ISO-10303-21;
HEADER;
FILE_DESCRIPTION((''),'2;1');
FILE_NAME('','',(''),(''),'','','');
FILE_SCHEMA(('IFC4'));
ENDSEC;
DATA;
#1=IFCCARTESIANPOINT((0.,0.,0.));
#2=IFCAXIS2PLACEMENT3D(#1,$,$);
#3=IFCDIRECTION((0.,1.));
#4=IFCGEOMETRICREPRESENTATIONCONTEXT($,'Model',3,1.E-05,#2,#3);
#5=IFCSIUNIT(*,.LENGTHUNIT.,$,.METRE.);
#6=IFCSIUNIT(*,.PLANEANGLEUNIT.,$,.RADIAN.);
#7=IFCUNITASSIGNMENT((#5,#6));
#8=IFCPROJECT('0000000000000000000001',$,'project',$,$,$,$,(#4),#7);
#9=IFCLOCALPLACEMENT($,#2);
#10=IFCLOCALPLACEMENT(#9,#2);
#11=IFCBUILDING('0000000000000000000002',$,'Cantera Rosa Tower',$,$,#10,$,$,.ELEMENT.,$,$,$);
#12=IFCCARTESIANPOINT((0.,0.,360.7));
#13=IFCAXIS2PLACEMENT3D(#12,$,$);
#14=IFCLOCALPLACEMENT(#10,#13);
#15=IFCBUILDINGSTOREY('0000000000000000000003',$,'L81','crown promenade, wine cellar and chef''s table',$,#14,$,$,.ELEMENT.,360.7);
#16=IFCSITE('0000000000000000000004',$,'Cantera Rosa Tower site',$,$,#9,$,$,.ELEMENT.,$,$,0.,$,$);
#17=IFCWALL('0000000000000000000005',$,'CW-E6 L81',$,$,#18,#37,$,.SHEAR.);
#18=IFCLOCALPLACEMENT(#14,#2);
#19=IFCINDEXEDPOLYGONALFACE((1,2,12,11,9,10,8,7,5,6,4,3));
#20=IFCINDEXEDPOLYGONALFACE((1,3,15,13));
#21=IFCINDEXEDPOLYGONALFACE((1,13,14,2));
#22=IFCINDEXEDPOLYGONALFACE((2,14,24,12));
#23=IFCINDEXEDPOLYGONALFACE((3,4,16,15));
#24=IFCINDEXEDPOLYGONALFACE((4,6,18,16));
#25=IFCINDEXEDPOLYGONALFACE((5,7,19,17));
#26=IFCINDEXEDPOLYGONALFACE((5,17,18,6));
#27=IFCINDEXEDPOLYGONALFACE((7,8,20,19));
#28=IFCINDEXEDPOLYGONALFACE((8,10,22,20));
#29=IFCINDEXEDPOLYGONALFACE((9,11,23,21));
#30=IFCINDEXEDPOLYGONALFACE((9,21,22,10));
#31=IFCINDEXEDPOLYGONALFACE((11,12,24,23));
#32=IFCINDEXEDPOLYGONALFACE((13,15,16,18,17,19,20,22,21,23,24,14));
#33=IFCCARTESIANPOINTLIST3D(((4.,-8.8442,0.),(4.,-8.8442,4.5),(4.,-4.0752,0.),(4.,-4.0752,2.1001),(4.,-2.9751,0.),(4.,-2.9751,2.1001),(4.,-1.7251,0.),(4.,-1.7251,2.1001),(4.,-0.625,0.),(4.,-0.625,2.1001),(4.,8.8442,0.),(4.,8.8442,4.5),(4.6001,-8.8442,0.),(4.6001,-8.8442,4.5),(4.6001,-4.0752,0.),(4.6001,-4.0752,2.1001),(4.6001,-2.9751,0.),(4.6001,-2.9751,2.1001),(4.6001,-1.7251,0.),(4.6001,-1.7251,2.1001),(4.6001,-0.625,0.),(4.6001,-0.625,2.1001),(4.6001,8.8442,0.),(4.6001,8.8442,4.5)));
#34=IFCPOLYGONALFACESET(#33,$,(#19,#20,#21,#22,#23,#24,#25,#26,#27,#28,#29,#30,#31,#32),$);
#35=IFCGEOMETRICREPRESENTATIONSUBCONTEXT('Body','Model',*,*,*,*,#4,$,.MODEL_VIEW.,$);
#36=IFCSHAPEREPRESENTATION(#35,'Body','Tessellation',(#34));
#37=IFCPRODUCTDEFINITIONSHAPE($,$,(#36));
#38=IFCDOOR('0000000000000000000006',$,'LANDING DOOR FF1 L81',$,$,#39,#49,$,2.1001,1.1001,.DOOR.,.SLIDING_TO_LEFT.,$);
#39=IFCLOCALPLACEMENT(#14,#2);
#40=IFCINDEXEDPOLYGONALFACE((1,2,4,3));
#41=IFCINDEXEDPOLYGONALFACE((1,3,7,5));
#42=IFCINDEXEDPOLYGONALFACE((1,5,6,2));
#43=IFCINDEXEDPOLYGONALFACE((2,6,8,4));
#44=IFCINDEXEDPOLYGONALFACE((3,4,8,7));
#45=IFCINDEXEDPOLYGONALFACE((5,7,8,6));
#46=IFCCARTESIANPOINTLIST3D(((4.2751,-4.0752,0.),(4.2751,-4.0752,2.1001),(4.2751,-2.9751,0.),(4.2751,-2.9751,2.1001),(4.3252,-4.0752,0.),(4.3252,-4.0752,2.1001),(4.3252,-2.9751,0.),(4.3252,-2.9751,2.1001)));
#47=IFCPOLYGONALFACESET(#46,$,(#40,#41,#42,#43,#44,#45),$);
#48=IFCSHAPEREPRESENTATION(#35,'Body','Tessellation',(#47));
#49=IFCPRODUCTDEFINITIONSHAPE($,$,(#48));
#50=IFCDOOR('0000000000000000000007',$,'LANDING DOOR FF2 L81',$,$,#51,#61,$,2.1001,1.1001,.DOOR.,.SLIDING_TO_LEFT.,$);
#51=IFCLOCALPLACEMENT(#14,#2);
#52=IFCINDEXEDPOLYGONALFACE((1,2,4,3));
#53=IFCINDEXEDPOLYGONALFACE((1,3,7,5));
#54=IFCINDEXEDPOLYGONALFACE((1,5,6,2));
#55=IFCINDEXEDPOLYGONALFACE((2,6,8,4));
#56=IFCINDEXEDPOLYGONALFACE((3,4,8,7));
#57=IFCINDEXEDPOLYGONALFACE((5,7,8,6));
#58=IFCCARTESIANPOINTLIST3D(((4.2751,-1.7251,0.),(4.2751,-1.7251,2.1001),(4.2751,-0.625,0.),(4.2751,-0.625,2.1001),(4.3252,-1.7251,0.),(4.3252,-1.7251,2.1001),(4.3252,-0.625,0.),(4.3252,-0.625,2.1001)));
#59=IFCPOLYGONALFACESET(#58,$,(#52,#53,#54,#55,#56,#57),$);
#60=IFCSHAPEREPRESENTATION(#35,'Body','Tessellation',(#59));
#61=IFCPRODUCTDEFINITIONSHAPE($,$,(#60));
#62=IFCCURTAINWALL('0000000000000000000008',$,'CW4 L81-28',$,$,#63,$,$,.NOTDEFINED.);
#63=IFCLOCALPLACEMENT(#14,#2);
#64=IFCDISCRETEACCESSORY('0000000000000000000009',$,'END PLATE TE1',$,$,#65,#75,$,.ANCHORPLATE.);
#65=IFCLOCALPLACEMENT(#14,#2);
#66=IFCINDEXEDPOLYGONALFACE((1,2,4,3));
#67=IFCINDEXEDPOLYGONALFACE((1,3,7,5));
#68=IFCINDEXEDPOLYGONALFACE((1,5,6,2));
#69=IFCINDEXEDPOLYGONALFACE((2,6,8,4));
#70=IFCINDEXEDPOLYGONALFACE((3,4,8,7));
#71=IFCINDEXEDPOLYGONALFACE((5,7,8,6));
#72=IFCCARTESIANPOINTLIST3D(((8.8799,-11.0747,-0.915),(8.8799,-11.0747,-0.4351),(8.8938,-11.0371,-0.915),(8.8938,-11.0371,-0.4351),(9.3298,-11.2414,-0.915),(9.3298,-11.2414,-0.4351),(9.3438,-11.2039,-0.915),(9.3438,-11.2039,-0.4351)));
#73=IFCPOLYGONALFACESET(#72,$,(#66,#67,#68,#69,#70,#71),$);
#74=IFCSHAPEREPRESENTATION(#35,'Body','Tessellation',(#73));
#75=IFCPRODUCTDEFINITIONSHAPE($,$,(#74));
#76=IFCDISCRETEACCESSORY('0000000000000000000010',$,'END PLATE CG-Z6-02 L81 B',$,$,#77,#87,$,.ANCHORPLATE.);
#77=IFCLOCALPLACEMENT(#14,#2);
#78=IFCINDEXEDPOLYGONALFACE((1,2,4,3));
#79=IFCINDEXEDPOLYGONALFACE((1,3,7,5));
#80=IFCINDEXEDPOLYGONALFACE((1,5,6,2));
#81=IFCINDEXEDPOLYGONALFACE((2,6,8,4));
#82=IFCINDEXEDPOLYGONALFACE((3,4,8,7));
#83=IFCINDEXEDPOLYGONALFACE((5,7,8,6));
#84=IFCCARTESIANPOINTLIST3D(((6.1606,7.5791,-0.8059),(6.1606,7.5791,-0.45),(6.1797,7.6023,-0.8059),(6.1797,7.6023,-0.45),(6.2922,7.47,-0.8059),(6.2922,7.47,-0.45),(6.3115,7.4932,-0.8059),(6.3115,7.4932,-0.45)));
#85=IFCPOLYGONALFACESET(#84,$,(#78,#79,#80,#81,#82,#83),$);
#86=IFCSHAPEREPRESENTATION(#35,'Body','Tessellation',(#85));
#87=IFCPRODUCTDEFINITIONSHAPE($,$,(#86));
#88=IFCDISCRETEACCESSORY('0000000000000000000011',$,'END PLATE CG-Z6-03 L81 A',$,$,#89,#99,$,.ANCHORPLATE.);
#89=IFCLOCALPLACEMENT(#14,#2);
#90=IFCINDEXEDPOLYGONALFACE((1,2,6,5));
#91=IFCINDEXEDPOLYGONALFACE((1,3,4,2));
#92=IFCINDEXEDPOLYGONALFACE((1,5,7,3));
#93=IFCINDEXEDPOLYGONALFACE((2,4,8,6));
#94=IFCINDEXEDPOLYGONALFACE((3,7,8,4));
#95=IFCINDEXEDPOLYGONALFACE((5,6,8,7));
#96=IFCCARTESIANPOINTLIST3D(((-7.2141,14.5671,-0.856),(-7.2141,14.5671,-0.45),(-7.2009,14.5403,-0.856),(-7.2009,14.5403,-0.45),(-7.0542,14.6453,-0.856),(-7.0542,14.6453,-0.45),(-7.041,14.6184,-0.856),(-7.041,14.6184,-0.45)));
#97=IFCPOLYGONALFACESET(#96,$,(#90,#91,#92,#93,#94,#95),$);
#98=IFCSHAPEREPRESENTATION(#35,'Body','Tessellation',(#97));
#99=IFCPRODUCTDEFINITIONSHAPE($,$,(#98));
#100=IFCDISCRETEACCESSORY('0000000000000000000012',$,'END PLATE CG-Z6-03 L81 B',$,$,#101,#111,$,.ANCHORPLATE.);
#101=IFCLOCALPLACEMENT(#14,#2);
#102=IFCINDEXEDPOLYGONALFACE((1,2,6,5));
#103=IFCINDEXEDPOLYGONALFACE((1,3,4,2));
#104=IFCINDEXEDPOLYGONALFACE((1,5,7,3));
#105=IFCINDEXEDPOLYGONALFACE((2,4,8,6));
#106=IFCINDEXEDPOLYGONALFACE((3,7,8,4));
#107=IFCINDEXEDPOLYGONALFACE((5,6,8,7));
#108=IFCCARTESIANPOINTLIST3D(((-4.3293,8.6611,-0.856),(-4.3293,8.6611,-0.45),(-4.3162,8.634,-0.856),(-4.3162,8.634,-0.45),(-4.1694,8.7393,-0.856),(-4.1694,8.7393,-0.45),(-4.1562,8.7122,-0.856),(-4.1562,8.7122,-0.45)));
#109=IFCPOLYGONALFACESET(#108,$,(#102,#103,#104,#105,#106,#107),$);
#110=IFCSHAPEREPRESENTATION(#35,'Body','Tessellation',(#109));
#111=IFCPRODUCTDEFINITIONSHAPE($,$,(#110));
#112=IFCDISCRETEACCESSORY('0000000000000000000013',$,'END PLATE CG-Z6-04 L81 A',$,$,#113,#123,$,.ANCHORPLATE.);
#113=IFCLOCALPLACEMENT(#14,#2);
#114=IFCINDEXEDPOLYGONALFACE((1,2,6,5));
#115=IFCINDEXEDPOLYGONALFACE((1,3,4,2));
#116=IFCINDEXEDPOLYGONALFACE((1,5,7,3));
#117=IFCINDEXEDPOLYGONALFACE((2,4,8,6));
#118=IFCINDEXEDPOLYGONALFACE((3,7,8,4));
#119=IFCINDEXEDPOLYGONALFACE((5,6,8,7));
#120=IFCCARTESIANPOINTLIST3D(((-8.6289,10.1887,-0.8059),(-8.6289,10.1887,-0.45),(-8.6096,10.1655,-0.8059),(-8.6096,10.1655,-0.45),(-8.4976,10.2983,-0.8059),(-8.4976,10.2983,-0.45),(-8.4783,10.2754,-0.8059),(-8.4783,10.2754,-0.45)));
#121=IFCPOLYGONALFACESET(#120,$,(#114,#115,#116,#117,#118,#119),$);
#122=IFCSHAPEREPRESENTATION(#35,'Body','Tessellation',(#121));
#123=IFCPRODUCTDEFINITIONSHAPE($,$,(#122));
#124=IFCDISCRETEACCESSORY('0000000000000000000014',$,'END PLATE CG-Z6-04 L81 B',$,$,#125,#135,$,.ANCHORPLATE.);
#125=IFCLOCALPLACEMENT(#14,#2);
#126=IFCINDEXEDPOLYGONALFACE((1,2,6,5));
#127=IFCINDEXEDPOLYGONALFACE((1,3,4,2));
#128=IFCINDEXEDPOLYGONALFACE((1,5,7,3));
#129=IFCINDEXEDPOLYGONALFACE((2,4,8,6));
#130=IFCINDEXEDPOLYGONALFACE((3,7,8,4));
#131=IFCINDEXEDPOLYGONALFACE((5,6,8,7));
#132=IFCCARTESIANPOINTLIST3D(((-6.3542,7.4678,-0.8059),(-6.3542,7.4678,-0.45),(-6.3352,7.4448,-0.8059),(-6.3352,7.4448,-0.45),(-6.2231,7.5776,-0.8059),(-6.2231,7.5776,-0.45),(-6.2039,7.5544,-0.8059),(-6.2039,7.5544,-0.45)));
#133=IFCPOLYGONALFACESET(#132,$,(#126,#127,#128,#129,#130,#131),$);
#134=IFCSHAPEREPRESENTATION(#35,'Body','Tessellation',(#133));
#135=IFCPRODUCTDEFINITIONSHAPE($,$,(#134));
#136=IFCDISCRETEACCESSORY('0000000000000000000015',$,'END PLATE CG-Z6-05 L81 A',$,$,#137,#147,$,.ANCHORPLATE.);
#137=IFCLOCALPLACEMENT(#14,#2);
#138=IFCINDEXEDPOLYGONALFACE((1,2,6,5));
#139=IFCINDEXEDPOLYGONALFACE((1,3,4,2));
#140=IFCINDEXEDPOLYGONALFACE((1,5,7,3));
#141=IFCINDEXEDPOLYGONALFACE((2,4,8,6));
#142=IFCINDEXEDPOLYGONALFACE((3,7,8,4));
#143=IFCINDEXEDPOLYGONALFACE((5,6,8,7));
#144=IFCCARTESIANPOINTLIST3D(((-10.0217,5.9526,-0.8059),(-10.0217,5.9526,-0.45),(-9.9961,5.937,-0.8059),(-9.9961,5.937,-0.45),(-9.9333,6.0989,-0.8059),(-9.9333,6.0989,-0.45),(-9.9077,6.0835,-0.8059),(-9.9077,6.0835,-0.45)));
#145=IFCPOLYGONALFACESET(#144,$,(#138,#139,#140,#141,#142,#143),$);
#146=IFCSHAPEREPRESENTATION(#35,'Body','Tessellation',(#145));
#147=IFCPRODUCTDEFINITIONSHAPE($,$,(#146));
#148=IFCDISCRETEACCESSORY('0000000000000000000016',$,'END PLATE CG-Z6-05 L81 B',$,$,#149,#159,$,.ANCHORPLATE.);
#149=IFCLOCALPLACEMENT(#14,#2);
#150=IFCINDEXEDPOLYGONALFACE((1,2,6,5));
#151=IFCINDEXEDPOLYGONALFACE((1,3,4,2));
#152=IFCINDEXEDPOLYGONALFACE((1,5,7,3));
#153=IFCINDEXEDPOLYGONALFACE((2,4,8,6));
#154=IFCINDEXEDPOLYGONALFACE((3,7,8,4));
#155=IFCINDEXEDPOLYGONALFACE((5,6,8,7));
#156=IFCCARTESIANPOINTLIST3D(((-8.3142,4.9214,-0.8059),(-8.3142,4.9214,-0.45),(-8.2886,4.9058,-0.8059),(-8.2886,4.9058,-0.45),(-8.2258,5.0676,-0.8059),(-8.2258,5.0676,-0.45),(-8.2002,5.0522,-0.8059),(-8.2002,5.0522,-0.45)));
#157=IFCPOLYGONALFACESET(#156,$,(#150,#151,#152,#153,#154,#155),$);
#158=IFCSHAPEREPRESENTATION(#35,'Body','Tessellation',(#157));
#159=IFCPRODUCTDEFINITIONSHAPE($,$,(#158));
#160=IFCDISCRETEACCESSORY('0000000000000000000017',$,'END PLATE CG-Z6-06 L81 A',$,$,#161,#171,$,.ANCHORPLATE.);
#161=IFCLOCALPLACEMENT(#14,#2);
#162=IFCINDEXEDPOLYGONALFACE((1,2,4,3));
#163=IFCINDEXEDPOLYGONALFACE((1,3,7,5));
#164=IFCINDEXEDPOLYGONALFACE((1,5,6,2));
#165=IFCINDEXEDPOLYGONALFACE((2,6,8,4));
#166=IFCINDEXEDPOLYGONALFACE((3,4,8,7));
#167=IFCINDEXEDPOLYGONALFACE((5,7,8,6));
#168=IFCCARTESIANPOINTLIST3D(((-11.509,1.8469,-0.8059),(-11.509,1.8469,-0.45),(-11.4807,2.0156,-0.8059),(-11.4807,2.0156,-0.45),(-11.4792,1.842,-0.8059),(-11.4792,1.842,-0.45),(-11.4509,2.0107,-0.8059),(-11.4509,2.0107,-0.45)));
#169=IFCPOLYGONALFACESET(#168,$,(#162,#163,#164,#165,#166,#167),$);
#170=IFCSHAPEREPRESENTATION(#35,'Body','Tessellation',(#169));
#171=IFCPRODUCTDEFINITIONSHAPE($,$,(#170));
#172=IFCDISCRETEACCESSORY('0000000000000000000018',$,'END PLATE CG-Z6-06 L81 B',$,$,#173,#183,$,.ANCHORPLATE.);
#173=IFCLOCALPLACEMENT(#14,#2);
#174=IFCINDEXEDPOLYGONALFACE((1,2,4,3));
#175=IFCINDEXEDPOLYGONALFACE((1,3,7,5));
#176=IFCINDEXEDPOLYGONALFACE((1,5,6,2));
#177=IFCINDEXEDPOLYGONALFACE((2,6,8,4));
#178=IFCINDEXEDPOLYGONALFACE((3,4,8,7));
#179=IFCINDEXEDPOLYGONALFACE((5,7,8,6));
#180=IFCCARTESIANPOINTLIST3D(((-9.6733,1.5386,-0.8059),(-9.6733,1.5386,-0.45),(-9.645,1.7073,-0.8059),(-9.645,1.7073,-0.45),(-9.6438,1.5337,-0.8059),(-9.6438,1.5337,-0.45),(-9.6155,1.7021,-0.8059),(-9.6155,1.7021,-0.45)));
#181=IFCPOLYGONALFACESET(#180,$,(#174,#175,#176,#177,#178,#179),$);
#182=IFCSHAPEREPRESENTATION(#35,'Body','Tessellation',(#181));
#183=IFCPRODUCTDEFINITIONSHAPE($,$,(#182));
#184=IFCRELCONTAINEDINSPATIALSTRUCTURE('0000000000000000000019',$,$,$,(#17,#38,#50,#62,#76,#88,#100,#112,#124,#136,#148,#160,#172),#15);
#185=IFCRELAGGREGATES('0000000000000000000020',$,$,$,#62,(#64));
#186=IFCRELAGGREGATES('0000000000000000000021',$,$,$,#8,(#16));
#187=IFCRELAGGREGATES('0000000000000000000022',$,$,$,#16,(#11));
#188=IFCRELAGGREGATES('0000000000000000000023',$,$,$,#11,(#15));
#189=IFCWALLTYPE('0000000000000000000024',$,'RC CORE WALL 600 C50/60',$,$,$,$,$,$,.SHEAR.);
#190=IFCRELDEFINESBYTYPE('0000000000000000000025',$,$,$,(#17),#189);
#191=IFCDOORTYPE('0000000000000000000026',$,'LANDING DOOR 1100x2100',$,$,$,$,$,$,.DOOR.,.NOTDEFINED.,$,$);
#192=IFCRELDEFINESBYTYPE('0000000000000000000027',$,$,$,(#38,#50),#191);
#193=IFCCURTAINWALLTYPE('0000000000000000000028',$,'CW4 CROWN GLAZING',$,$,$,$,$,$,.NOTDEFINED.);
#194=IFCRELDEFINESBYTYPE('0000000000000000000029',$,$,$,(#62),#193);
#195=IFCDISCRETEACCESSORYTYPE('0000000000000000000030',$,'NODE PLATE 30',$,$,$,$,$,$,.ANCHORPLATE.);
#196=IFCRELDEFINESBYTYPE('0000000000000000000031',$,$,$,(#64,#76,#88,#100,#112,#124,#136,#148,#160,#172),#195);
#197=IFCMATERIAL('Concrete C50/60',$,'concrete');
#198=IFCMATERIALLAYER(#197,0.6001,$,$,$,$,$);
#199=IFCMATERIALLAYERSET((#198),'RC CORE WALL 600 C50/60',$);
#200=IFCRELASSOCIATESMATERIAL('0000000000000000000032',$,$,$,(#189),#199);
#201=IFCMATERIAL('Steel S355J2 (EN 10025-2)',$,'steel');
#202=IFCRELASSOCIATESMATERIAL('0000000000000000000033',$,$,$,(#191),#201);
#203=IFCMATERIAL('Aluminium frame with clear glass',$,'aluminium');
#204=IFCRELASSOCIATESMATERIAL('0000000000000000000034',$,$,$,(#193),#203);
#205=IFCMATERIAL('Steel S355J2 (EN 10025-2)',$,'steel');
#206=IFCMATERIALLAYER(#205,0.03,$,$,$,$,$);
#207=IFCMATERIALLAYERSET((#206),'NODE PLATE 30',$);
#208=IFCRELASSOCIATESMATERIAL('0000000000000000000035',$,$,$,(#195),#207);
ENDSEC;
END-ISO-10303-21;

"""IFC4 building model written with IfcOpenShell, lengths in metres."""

from ifc_helpers import new_model, si_unit, direction, frame, frame_2d, origin, place, context, subcontext, project, spatial, polyline, rectangle, outline, extrude, material, layer, layer_set, type_object, element, fill, aggregate, save


model = new_model("IFC4")

# Units and contexts
model_context = context("Model", 3, precision=1e-05, world=origin(), true_north=direction((0.0, 1.0)))
body_context = subcontext(model_context, "Body", "Model", "MODEL_VIEW")
ifc_project = project(units=[si_unit("LENGTHUNIT", "METRE"), si_unit("PLANEANGLEUNIT", "RADIAN")], contexts=[model_context])

# Site, building, storey
site_placement = place(None, origin())
site = spatial("IfcSite", under=ifc_project, at=site_placement, Name="Cantera Rosa Tower site", CompositionType="ELEMENT", RefElevation=0.0)
building_placement = place(site_placement, origin())
building = spatial("IfcBuilding", under=site, at=building_placement, Name="Cantera Rosa Tower", CompositionType="ELEMENT")
storey_placement = place(building_placement, frame((0.0, 0.0, 360.7)))
storey = spatial("IfcBuildingStorey", under=building, at=storey_placement, Name="L81", Description="crown promenade, wine cellar and chef's table", CompositionType="ELEMENT", Elevation=360.7)

# Shared definitions
ifc_material_1 = material(Name="Concrete C50/60", Category="concrete")
ifc_layer_1 = layer(ifc_material_1, 0.6001)
ifc_layer_set_1 = layer_set([ifc_layer_1], Name="RC CORE WALL 600 C50/60")
wall_type_1 = type_object("IfcWallType", Name="RC CORE WALL 600 C50/60", PredefinedType="SHEAR", material=ifc_layer_set_1)

# Wall, openings, doors
wall_1_placement = place(storey_placement, frame((4.3, -8.8442, 0.0), z_axis=(0.0, 0.0, 1.0), x_axis=(0.0, 1.0, 0.0)))
wall_1 = element("IfcWall", 1, at=wall_1_placement, inside=storey, type_object=wall_type_1, Name="CW-E6 L81", PredefinedType="SHEAR", context=body_context, shape_type="SweptSolid", body=[
    extrude(rectangle(XDim=17.6885, YDim=0.6001, at=frame_2d((8.8442, 0.0))), origin(), (0.0, 0.0, 1.0), 4.5),
])
opening_1_placement = place(wall_1_placement, frame((4.769, 0.0, 0.0)))
opening_1 = element("IfcOpeningElement", 2, at=opening_1_placement, cuts=wall_1, PredefinedType="OPENING", context=body_context, shape_type="SweptSolid", body=[
    extrude(rectangle(XDim=1.1001, YDim=2.1001, at=frame_2d((0.55, 1.05))), frame((0.0, 0.3101, 0.0), z_axis=(0.0, -1.0, 0.0), x_axis=(1.0, 0.0, 0.0)), (0.0, 0.0, 1.0), 0.6201),
])
opening_2_placement = place(wall_1_placement, frame((7.1191, 0.0, 0.0)))
opening_2 = element("IfcOpeningElement", 3, at=opening_2_placement, cuts=wall_1, PredefinedType="OPENING", context=body_context, shape_type="SweptSolid", body=[
    extrude(rectangle(XDim=1.1001, YDim=2.1001, at=frame_2d((0.55, 1.05))), frame((0.0, 0.3101, 0.0), z_axis=(0.0, -1.0, 0.0), x_axis=(1.0, 0.0, 0.0)), (0.0, 0.0, 1.0), 0.6201),
])
ifc_material_2 = material(Name="Steel S355J2 (EN 10025-2)", Category="steel")
door_type = type_object("IfcDoorType", Name="LANDING DOOR 1100x2100", OperationType="NOTDEFINED", PredefinedType="DOOR", material=ifc_material_2)
door_1_placement = place(opening_1_placement, origin())
door_1 = element("IfcDoor", 4, at=door_1_placement, inside=storey, type_object=door_type, Name="LANDING DOOR FF1 L81", OperationType="SLIDING_TO_LEFT", OverallHeight=2.1001, OverallWidth=1.1001, PredefinedType="DOOR", context=body_context, shape_type="SweptSolid", body=[
    extrude(rectangle(XDim=1.1001, YDim=2.1001, at=frame_2d((0.55, 1.05))), frame((0.0, 0.0249, 0.0), z_axis=(0.0, -1.0, 0.0), x_axis=(1.0, 0.0, 0.0)), (0.0, 0.0, 1.0), 0.05),
])
fill(opening_1, door_1)
door_2_placement = place(opening_2_placement, origin())
door_2 = element("IfcDoor", 5, at=door_2_placement, inside=storey, type_object=door_type, Name="LANDING DOOR FF2 L81", OperationType="SLIDING_TO_LEFT", OverallHeight=2.1001, OverallWidth=1.1001, PredefinedType="DOOR", context=body_context, shape_type="SweptSolid", body=[
    extrude(rectangle(XDim=1.1001, YDim=2.1001, at=frame_2d((0.55, 1.05))), frame((0.0, 0.0249, 0.0), z_axis=(0.0, -1.0, 0.0), x_axis=(1.0, 0.0, 0.0)), (0.0, 0.0, 1.0), 0.05),
])
fill(opening_2, door_2)

# Curtain wall, discrete accessory
ifc_material_3 = material(Name="Aluminium frame with clear glass", Category="aluminium")
curtain_wall_type = type_object("IfcCurtainWallType", Name="CW4 CROWN GLAZING", PredefinedType="NOTDEFINED", material=ifc_material_3)
curtain_wall_placement = place(storey_placement, origin())
curtain_wall = element("IfcCurtainWall", 6, at=curtain_wall_placement, inside=storey, type_object=curtain_wall_type, Name="CW4 L81-28", PredefinedType="NOTDEFINED")
ifc_material_4 = material(Name="Steel S355J2 (EN 10025-2)", Category="steel")
ifc_layer_2 = layer(ifc_material_4, 0.03)
ifc_layer_set_2 = layer_set([ifc_layer_2], Name="NODE PLATE 30")
discrete_accessory_type = type_object("IfcDiscreteAccessoryType", Name="NODE PLATE 30", PredefinedType="ANCHORPLATE", material=ifc_layer_set_2)
discrete_accessory_1_placement = place(storey_placement, frame((8.8938, -11.0371, -0.4351), z_axis=(0.347497, 0.937681, 0.0), x_axis=(0.937681, -0.347497, 0.0)))
discrete_accessory_1 = element("IfcDiscreteAccessory", 7, at=discrete_accessory_1_placement, type_object=discrete_accessory_type, Name="END PLATE TE1", PredefinedType="ANCHORPLATE", context=body_context, shape_type="SweptSolid", body=[
    extrude(outline(polyline([(0.0, 0.0), (0.4799, 0.0), (0.4799, 0.48), (0.0, 0.48), (0.0, 0.0)])), origin(), (0.0, 0.0, -1.0), 0.04),
])
aggregate(curtain_wall, [discrete_accessory_1])

# Discrete accessories
discrete_accessory_2_placement = place(storey_placement, frame((0.0, 0.0, -0.8059)))
element("IfcDiscreteAccessory", 8, at=discrete_accessory_2_placement, inside=storey, type_object=discrete_accessory_type, Name="END PLATE CG-Z6-02 L81 B", PredefinedType="ANCHORPLATE", context=body_context, shape_type="SweptSolid", body=[
    extrude(outline(polyline([(6.3115, 7.4932), (6.2922, 7.47), (6.1606, 7.5791), (6.1797, 7.6023), (6.3115, 7.4932)])), origin(), (0.0, 0.0, 1.0), 0.356),
])
discrete_accessory_3_placement = place(storey_placement, frame((0.0, 0.0, -0.856)))
element("IfcDiscreteAccessory", 9, at=discrete_accessory_3_placement, inside=storey, type_object=discrete_accessory_type, Name="END PLATE CG-Z6-03 L81 A", PredefinedType="ANCHORPLATE", context=body_context, shape_type="SweptSolid", body=[
    extrude(outline(polyline([(-7.2009, 14.5403), (-7.2141, 14.5671), (-7.0542, 14.6453), (-7.041, 14.6184), (-7.2009, 14.5403)])), origin(), (0.0, 0.0, 1.0), 0.406),
])
discrete_accessory_4_placement = place(storey_placement, frame((0.0, 0.0, -0.856)))
element("IfcDiscreteAccessory", 10, at=discrete_accessory_4_placement, inside=storey, type_object=discrete_accessory_type, Name="END PLATE CG-Z6-03 L81 B", PredefinedType="ANCHORPLATE", context=body_context, shape_type="SweptSolid", body=[
    extrude(outline(polyline([(-4.1694, 8.7393), (-4.1562, 8.7122), (-4.3162, 8.634), (-4.3293, 8.6611), (-4.1694, 8.7393)])), origin(), (0.0, 0.0, 1.0), 0.406),
])
discrete_accessory_5_placement = place(storey_placement, frame((0.0, 0.0, -0.8059)))
element("IfcDiscreteAccessory", 11, at=discrete_accessory_5_placement, inside=storey, type_object=discrete_accessory_type, Name="END PLATE CG-Z6-04 L81 A", PredefinedType="ANCHORPLATE", context=body_context, shape_type="SweptSolid", body=[
    extrude(outline(polyline([(-8.6096, 10.1655), (-8.6289, 10.1887), (-8.4976, 10.2983), (-8.4783, 10.2754), (-8.6096, 10.1655)])), origin(), (0.0, 0.0, 1.0), 0.356),
])
discrete_accessory_6_placement = place(storey_placement, frame((0.0, 0.0, -0.8059)))
element("IfcDiscreteAccessory", 12, at=discrete_accessory_6_placement, inside=storey, type_object=discrete_accessory_type, Name="END PLATE CG-Z6-04 L81 B", PredefinedType="ANCHORPLATE", context=body_context, shape_type="SweptSolid", body=[
    extrude(outline(polyline([(-6.2231, 7.5776), (-6.2039, 7.5544), (-6.3352, 7.4448), (-6.3542, 7.4678), (-6.2231, 7.5776)])), origin(), (0.0, 0.0, 1.0), 0.356),
])
discrete_accessory_7_placement = place(storey_placement, frame((0.0, 0.0, -0.8059)))
element("IfcDiscreteAccessory", 13, at=discrete_accessory_7_placement, inside=storey, type_object=discrete_accessory_type, Name="END PLATE CG-Z6-05 L81 A", PredefinedType="ANCHORPLATE", context=body_context, shape_type="SweptSolid", body=[
    extrude(outline(polyline([(-9.9961, 5.937), (-10.0217, 5.9526), (-9.9333, 6.0989), (-9.9077, 6.0835), (-9.9961, 5.937)])), origin(), (0.0, 0.0, 1.0), 0.356),
])
discrete_accessory_8_placement = place(storey_placement, frame((0.0, 0.0, -0.8059)))
element("IfcDiscreteAccessory", 14, at=discrete_accessory_8_placement, inside=storey, type_object=discrete_accessory_type, Name="END PLATE CG-Z6-05 L81 B", PredefinedType="ANCHORPLATE", context=body_context, shape_type="SweptSolid", body=[
    extrude(outline(polyline([(-8.2258, 5.0676), (-8.2002, 5.0522), (-8.2886, 4.9058), (-8.3142, 4.9214), (-8.2258, 5.0676)])), origin(), (0.0, 0.0, 1.0), 0.356),
])
discrete_accessory_9_placement = place(storey_placement, frame((0.0, 0.0, -0.8059)))
element("IfcDiscreteAccessory", 15, at=discrete_accessory_9_placement, inside=storey, type_object=discrete_accessory_type, Name="END PLATE CG-Z6-06 L81 A", PredefinedType="ANCHORPLATE", context=body_context, shape_type="SweptSolid", body=[
    extrude(outline(polyline([(-11.4792, 1.842), (-11.509, 1.8469), (-11.4807, 2.0156), (-11.4509, 2.0107), (-11.4792, 1.842)])), origin(), (0.0, 0.0, 1.0), 0.356),
])
discrete_accessory_10_placement = place(storey_placement, frame((0.0, 0.0, -0.8059)))
element("IfcDiscreteAccessory", 16, at=discrete_accessory_10_placement, inside=storey, type_object=discrete_accessory_type, Name="END PLATE CG-Z6-06 L81 B", PredefinedType="ANCHORPLATE", context=body_context, shape_type="SweptSolid", body=[
    extrude(outline(polyline([(-9.645, 1.7073), (-9.6155, 1.7021), (-9.6438, 1.5337), (-9.6733, 1.5386), (-9.645, 1.7073)])), origin(), (0.0, 0.0, 1.0), 0.356),
])

save(model, "model.ifc")
